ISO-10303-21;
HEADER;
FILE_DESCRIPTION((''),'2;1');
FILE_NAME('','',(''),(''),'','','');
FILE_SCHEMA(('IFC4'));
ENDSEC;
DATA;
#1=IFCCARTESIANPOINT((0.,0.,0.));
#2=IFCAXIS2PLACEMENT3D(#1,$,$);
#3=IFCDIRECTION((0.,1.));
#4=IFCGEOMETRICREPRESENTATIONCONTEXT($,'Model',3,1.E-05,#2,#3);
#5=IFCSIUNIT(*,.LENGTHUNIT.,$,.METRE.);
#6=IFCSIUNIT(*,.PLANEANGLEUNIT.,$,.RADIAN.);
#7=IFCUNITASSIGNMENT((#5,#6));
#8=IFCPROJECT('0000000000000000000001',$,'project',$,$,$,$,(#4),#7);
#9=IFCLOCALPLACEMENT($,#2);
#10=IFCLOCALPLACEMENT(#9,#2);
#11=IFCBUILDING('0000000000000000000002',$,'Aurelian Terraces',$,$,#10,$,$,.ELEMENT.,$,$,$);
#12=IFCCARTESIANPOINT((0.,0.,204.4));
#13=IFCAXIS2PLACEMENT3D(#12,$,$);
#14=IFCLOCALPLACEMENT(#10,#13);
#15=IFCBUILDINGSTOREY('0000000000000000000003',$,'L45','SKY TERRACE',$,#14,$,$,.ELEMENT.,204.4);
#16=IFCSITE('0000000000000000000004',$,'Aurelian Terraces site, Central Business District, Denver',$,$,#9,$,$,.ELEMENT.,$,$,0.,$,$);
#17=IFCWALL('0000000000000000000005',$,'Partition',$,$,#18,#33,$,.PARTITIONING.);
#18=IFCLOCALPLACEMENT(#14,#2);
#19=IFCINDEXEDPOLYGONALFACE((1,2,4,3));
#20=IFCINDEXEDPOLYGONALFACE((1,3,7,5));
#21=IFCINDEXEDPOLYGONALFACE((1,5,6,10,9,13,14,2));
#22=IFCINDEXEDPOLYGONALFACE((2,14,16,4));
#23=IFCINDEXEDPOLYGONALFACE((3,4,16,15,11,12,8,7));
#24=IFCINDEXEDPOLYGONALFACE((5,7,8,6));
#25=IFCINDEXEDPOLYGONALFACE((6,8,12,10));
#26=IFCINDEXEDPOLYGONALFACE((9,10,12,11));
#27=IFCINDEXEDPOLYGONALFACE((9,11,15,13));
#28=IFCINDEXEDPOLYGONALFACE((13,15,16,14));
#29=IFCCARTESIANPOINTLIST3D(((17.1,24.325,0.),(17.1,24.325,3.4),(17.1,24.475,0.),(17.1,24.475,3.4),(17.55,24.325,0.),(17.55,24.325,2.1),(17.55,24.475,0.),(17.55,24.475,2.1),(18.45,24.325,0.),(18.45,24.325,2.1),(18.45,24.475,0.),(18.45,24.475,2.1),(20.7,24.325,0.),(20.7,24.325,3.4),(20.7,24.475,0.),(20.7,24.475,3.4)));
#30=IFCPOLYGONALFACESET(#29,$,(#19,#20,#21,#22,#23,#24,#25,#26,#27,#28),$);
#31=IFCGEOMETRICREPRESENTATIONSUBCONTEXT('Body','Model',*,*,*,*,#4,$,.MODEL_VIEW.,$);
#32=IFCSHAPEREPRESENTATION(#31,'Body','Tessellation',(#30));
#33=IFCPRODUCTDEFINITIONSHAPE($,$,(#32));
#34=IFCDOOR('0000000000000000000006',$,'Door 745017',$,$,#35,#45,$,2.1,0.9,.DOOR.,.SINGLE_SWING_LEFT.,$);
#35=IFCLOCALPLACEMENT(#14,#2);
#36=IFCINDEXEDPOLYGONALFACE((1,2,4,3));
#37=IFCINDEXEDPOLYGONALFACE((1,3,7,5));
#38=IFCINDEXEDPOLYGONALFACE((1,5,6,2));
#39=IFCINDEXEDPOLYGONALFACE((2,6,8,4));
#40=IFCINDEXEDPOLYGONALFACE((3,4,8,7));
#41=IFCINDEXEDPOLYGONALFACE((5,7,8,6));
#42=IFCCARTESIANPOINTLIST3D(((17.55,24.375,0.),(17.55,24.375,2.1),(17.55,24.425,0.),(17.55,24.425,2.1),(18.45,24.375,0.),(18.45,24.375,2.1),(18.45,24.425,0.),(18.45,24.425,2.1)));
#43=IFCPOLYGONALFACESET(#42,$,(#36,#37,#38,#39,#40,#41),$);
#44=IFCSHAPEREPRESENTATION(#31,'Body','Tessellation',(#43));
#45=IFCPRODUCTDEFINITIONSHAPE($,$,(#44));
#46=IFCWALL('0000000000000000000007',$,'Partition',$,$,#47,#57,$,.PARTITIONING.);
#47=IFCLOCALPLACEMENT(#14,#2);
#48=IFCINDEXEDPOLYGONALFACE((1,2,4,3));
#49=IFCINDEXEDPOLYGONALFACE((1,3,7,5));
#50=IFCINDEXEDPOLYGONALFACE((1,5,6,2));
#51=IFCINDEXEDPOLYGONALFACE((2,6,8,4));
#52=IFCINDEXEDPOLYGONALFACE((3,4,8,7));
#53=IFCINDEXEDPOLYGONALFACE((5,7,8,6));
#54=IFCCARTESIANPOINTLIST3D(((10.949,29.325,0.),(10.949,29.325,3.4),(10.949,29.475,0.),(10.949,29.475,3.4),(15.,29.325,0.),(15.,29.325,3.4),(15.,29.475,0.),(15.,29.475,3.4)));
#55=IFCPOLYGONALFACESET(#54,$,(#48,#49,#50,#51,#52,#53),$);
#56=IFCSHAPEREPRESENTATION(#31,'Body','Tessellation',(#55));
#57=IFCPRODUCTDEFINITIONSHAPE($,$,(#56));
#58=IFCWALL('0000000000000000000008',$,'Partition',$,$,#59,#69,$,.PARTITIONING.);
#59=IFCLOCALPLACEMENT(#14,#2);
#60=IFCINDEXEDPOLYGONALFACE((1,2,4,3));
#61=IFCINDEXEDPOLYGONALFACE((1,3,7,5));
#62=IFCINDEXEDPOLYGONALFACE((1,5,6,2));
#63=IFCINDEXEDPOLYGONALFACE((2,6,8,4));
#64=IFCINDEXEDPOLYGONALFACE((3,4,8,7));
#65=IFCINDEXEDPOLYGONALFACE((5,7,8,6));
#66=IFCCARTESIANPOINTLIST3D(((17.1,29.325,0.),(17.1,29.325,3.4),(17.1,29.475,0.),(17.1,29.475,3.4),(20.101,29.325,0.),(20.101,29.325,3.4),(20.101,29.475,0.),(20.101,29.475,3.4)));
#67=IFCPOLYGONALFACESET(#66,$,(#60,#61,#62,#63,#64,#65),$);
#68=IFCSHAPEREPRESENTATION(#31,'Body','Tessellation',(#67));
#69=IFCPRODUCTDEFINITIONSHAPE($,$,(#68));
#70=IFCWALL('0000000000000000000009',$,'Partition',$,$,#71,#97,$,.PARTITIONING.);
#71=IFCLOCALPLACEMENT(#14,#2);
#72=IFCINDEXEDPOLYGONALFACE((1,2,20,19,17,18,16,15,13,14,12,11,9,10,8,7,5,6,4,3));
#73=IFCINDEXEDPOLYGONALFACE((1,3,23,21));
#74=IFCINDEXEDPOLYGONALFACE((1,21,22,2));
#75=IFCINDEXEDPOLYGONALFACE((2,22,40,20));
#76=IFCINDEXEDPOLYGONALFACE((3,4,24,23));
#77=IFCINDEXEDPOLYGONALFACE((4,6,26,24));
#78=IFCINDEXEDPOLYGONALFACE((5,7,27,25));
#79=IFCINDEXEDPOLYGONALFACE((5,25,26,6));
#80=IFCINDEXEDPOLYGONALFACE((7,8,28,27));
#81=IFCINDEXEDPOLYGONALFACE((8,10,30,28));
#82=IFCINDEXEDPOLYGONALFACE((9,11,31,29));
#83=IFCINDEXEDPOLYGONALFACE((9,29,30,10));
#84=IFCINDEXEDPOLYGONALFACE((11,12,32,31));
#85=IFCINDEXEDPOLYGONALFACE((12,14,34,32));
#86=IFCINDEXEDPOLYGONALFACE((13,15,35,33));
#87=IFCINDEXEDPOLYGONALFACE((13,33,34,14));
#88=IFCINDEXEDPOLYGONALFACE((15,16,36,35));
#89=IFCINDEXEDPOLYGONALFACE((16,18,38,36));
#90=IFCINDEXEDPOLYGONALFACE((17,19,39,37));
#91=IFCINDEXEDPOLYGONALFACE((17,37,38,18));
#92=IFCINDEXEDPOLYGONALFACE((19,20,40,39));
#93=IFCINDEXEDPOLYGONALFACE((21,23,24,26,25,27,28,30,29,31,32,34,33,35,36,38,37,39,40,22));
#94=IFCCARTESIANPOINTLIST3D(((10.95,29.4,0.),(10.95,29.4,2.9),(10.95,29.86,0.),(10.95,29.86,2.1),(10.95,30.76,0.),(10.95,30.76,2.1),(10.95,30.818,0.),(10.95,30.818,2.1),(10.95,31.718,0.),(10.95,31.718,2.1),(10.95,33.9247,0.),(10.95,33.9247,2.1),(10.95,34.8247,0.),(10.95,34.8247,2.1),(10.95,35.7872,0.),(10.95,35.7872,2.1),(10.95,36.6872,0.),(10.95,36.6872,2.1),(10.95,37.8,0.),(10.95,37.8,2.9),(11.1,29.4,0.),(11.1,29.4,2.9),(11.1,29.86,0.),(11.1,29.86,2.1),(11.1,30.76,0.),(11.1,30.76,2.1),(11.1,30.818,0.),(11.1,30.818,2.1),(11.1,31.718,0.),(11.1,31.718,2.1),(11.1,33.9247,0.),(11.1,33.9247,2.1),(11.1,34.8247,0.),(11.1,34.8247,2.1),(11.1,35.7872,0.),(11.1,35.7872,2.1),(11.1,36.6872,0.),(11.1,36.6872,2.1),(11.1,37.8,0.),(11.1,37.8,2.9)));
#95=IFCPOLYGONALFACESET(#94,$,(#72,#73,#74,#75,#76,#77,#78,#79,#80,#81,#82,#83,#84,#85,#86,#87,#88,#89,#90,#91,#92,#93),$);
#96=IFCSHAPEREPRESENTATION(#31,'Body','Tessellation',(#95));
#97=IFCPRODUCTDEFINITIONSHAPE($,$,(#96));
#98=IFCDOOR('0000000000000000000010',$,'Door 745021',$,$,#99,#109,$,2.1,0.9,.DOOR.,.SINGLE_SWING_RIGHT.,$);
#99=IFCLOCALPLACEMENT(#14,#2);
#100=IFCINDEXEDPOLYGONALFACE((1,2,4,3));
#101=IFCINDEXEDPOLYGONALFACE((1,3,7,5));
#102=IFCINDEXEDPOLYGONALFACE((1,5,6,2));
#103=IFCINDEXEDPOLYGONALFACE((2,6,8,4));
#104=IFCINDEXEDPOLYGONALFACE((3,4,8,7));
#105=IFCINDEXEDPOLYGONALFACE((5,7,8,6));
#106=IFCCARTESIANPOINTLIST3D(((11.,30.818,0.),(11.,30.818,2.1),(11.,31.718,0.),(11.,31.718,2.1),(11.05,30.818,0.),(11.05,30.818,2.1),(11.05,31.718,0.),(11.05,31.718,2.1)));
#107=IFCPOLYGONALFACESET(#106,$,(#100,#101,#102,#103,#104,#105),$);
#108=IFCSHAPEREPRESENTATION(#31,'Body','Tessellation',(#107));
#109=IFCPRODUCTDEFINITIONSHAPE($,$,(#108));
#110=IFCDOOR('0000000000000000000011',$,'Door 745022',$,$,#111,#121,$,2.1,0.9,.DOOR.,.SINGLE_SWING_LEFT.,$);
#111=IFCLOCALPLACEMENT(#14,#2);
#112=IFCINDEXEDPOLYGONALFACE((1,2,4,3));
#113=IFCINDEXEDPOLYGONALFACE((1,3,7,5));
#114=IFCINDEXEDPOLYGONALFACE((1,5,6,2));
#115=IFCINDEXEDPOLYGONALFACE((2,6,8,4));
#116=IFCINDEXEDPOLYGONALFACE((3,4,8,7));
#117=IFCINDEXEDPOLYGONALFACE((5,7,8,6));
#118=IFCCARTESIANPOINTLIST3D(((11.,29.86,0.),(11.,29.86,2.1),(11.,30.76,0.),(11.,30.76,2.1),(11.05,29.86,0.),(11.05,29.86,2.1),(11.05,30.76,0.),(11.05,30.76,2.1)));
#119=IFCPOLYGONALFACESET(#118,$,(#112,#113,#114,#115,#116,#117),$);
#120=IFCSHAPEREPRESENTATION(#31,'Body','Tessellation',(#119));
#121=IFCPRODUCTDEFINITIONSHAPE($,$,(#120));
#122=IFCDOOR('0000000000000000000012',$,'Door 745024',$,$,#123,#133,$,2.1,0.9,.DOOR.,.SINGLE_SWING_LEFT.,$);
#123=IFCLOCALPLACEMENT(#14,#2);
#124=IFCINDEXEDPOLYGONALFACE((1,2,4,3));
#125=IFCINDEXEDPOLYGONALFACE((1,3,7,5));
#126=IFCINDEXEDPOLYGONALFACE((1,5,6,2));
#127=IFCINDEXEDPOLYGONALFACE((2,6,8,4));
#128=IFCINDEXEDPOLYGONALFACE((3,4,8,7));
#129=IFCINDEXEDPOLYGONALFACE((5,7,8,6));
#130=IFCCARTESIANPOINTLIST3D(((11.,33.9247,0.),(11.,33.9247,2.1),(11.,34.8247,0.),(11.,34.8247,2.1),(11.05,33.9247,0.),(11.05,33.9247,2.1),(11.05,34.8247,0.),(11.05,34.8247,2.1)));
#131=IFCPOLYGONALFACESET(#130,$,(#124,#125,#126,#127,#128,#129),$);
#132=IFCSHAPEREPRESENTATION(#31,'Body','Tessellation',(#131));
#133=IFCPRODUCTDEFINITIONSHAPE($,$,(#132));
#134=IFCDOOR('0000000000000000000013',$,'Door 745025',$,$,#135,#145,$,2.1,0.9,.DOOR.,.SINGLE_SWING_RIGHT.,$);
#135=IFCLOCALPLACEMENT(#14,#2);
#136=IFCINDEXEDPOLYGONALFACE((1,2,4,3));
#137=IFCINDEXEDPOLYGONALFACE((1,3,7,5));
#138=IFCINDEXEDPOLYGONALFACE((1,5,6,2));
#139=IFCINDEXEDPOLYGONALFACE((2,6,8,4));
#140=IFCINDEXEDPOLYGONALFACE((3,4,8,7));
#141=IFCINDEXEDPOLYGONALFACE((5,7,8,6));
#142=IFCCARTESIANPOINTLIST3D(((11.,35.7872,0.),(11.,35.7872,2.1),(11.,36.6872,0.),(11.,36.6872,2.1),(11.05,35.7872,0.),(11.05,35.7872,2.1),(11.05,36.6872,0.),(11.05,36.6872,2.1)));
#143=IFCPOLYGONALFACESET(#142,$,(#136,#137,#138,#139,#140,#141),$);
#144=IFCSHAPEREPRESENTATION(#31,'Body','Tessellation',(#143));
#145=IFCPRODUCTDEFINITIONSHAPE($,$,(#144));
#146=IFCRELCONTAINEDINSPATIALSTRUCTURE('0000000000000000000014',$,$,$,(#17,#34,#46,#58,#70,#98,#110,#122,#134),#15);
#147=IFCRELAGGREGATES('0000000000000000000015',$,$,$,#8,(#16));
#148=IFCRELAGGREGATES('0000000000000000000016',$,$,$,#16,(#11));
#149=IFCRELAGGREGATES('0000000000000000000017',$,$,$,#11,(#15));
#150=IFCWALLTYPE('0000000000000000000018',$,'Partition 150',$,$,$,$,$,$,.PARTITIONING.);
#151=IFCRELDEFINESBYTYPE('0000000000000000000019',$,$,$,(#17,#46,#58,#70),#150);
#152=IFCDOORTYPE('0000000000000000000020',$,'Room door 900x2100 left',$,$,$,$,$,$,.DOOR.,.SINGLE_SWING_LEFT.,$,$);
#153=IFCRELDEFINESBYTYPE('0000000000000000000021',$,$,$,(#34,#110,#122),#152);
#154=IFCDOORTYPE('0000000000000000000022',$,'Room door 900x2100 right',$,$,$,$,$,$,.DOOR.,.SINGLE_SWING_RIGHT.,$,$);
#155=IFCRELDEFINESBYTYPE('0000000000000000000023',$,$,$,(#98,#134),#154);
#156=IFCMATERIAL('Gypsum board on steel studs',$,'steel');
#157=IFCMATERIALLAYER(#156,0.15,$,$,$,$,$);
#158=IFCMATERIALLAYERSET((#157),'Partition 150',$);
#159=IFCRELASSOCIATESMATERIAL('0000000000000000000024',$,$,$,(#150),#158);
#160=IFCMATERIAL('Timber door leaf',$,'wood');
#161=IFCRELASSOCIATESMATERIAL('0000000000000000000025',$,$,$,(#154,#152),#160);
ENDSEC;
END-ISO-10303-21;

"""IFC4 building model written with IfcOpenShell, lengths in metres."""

from ifc_helpers import new_model, si_unit, direction, frame, frame_2d, origin, place, context, subcontext, project, spatial, rectangle, extrude, source, transform, mapped, material, layer, layer_set, type_object, element, fill, save


model = new_model("IFC4")

# Units and contexts
model_context = context("Model", 3, precision=1e-05, world=origin(), true_north=direction((0.0, 1.0)))
body_context = subcontext(model_context, "Body", "Model", "MODEL_VIEW")
ifc_project = project(units=[si_unit("LENGTHUNIT", "METRE"), si_unit("PLANEANGLEUNIT", "RADIAN")], contexts=[model_context])

# Site, building, storey
site_placement = place(None, origin())
site = spatial("IfcSite", under=ifc_project, at=site_placement, Name="Aurelian Terraces site, Central Business District, Denver", CompositionType="ELEMENT", RefElevation=0.0)
building_placement = place(site_placement, origin())
building = spatial("IfcBuilding", under=site, at=building_placement, Name="Aurelian Terraces", CompositionType="ELEMENT")
storey_placement = place(building_placement, frame((0.0, 0.0, 204.4)))
storey = spatial("IfcBuildingStorey", under=building, at=storey_placement, Name="L45", Description="SKY TERRACE", CompositionType="ELEMENT", Elevation=204.4)

# Shared definitions
ifc_material_1 = material(Name="Gypsum board on steel studs", Category="steel")
ifc_layer_1 = layer(ifc_material_1, 0.15)
ifc_layer_set_1 = layer_set([ifc_layer_1], Name="Partition 150")
wall_type_1 = type_object("IfcWallType", Name="Partition 150", PredefinedType="PARTITIONING", material=ifc_layer_set_1)
ifc_material_2 = material(Name="Timber door leaf", Category="wood")
shared_shape_1 = source(origin(), body_context, "Body", "SweptSolid", [
    extrude(rectangle(XDim=0.9, YDim=2.1, at=frame_2d((0.45, 1.05))), frame((0.0, 0.085, 0.0), z_axis=(0.0, -1.0, 0.0), x_axis=(1.0, 0.0, 0.0)), (0.0, 0.0, 1.0), 0.17),
])
door_type_1 = type_object("IfcDoorType", Name="Room door 900x2100 right", OperationType="SINGLE_SWING_RIGHT", PredefinedType="DOOR", material=ifc_material_2)
shared_shape_2 = source(origin(), body_context, "Body", "SweptSolid", [
    extrude(rectangle(XDim=0.9, YDim=2.1, at=frame_2d((0.45, 1.05))), frame((0.0, 0.025, 0.0), z_axis=(0.0, -1.0, 0.0), x_axis=(1.0, 0.0, 0.0)), (0.0, 0.0, 1.0), 0.05),
])

# Wall, opening, door
shared_shape_3 = source(origin(), body_context, "Body", "SweptSolid", [
    extrude(rectangle(XDim=3.6, YDim=0.15, at=frame_2d((1.8, 0.0))), origin(), (0.0, 0.0, 1.0), 3.4),
])
wall_1_placement = place(storey_placement, frame((17.1, 24.4, 0.0), z_axis=(0.0, 0.0, 1.0), x_axis=(1.0, 0.0, 0.0)))
wall_1 = element("IfcWall", 1, at=wall_1_placement, inside=storey, type_object=wall_type_1, Name="Partition", PredefinedType="PARTITIONING", context=body_context, shape_type="MappedRepresentation", body=[
    mapped(shared_shape_3, transform((0.0, 0.0, 0.0), scale=1.0)),
])
opening_1_placement = place(wall_1_placement, frame((0.45, 0.0, 0.0)))
opening_1 = element("IfcOpeningElement", 2, at=opening_1_placement, cuts=wall_1, PredefinedType="OPENING", context=body_context, shape_type="MappedRepresentation", body=[
    mapped(shared_shape_1, transform((0.0, 0.0, 0.0), scale=1.0)),
])
door_type_2 = type_object("IfcDoorType", Name="Room door 900x2100 left", OperationType="SINGLE_SWING_LEFT", PredefinedType="DOOR", material=ifc_material_2)
door_1_placement = place(opening_1_placement, origin())
door_1 = element("IfcDoor", 3, at=door_1_placement, inside=storey, type_object=door_type_2, Name="Door 745017", OperationType="SINGLE_SWING_LEFT", OverallHeight=2.1, OverallWidth=0.9, PredefinedType="DOOR", context=body_context, shape_type="MappedRepresentation", body=[
    mapped(shared_shape_2, transform((0.0, 0.0, 0.0), scale=1.0)),
])
fill(opening_1, door_1)

# Walls
shared_shape_4 = source(origin(), body_context, "Body", "SweptSolid", [
    extrude(rectangle(XDim=4.051, YDim=0.15, at=frame_2d((2.0255, 0.0))), origin(), (0.0, 0.0, 1.0), 3.4),
])
wall_2_placement = place(storey_placement, frame((15.0, 29.4, 0.0), z_axis=(0.0, 0.0, 1.0), x_axis=(-1.0, 0.0, 0.0)))
element("IfcWall", 4, at=wall_2_placement, inside=storey, type_object=wall_type_1, Name="Partition", PredefinedType="PARTITIONING", context=body_context, shape_type="MappedRepresentation", body=[
    mapped(shared_shape_4, transform((0.0, 0.0, 0.0), scale=1.0)),
])
shared_shape_5 = source(origin(), body_context, "Body", "SweptSolid", [
    extrude(rectangle(XDim=3.001, YDim=0.15, at=frame_2d((1.5005, 0.0))), origin(), (0.0, 0.0, 1.0), 3.4),
])
wall_3_placement = place(storey_placement, frame((20.101, 29.4, 0.0), z_axis=(0.0, 0.0, 1.0), x_axis=(-1.0, 0.0, 0.0)))
element("IfcWall", 5, at=wall_3_placement, inside=storey, type_object=wall_type_1, Name="Partition", PredefinedType="PARTITIONING", context=body_context, shape_type="MappedRepresentation", body=[
    mapped(shared_shape_5, transform((0.0, 0.0, 0.0), scale=1.0)),
])

# Wall, openings, doors
shared_shape_6 = source(origin(), body_context, "Body", "SweptSolid", [
    extrude(rectangle(XDim=8.4, YDim=0.15, at=frame_2d((4.2, 0.0))), origin(), (0.0, 0.0, 1.0), 2.9),
])
wall_4_placement = place(storey_placement, frame((11.025, 29.4, 0.0), z_axis=(0.0, 0.0, 1.0), x_axis=(0.0, 1.0, 0.0)))
wall_4 = element("IfcWall", 6, at=wall_4_placement, inside=storey, type_object=wall_type_1, Name="Partition", PredefinedType="PARTITIONING", context=body_context, shape_type="MappedRepresentation", body=[
    mapped(shared_shape_6, transform((0.0, 0.0, 0.0), scale=1.0)),
])
opening_2_placement = place(wall_4_placement, frame((1.418, 0.0, 0.0)))
opening_2 = element("IfcOpeningElement", 7, at=opening_2_placement, cuts=wall_4, PredefinedType="OPENING", context=body_context, shape_type="MappedRepresentation", body=[
    mapped(shared_shape_1, transform((0.0, 0.0, 0.0), scale=1.0)),
])
opening_3_placement = place(wall_4_placement, frame((0.46, 0.0, 0.0)))
opening_3 = element("IfcOpeningElement", 8, at=opening_3_placement, cuts=wall_4, PredefinedType="OPENING", context=body_context, shape_type="MappedRepresentation", body=[
    mapped(shared_shape_1, transform((0.0, 0.0, 0.0), scale=1.0)),
])
opening_4_placement = place(wall_4_placement, frame((4.5247, 0.0, 0.0)))
opening_4 = element("IfcOpeningElement", 9, at=opening_4_placement, cuts=wall_4, PredefinedType="OPENING", context=body_context, shape_type="MappedRepresentation", body=[
    mapped(shared_shape_1, transform((0.0, 0.0, 0.0), scale=1.0)),
])
opening_5_placement = place(wall_4_placement, frame((6.3872, 0.0, 0.0)))
opening_5 = element("IfcOpeningElement", 10, at=opening_5_placement, cuts=wall_4, PredefinedType="OPENING", context=body_context, shape_type="MappedRepresentation", body=[
    mapped(shared_shape_1, transform((0.0, 0.0, 0.0), scale=1.0)),
])
door_2_placement = place(opening_2_placement, origin())
door_2 = element("IfcDoor", 11, at=door_2_placement, inside=storey, type_object=door_type_1, Name="Door 745021", OperationType="SINGLE_SWING_RIGHT", OverallHeight=2.1, OverallWidth=0.9, PredefinedType="DOOR", context=body_context, shape_type="MappedRepresentation", body=[
    mapped(shared_shape_2, transform((0.0, 0.0, 0.0), scale=1.0)),
])
fill(opening_2, door_2)
door_3_placement = place(opening_3_placement, origin())
door_3 = element("IfcDoor", 12, at=door_3_placement, inside=storey, type_object=door_type_2, Name="Door 745022", OperationType="SINGLE_SWING_LEFT", OverallHeight=2.1, OverallWidth=0.9, PredefinedType="DOOR", context=body_context, shape_type="MappedRepresentation", body=[
    mapped(shared_shape_2, transform((0.0, 0.0, 0.0), scale=1.0)),
])
fill(opening_3, door_3)
door_4_placement = place(opening_4_placement, origin())
door_4 = element("IfcDoor", 13, at=door_4_placement, inside=storey, type_object=door_type_2, Name="Door 745024", OperationType="SINGLE_SWING_LEFT", OverallHeight=2.1, OverallWidth=0.9, PredefinedType="DOOR", context=body_context, shape_type="MappedRepresentation", body=[
    mapped(shared_shape_2, transform((0.0, 0.0, 0.0), scale=1.0)),
])
fill(opening_4, door_4)
door_5_placement = place(opening_5_placement, origin())
door_5 = element("IfcDoor", 14, at=door_5_placement, inside=storey, type_object=door_type_1, Name="Door 745025", OperationType="SINGLE_SWING_RIGHT", OverallHeight=2.1, OverallWidth=0.9, PredefinedType="DOOR", context=body_context, shape_type="MappedRepresentation", body=[
    mapped(shared_shape_2, transform((0.0, 0.0, 0.0), scale=1.0)),
])
fill(opening_5, door_5)

save(model, "model.ifc")
